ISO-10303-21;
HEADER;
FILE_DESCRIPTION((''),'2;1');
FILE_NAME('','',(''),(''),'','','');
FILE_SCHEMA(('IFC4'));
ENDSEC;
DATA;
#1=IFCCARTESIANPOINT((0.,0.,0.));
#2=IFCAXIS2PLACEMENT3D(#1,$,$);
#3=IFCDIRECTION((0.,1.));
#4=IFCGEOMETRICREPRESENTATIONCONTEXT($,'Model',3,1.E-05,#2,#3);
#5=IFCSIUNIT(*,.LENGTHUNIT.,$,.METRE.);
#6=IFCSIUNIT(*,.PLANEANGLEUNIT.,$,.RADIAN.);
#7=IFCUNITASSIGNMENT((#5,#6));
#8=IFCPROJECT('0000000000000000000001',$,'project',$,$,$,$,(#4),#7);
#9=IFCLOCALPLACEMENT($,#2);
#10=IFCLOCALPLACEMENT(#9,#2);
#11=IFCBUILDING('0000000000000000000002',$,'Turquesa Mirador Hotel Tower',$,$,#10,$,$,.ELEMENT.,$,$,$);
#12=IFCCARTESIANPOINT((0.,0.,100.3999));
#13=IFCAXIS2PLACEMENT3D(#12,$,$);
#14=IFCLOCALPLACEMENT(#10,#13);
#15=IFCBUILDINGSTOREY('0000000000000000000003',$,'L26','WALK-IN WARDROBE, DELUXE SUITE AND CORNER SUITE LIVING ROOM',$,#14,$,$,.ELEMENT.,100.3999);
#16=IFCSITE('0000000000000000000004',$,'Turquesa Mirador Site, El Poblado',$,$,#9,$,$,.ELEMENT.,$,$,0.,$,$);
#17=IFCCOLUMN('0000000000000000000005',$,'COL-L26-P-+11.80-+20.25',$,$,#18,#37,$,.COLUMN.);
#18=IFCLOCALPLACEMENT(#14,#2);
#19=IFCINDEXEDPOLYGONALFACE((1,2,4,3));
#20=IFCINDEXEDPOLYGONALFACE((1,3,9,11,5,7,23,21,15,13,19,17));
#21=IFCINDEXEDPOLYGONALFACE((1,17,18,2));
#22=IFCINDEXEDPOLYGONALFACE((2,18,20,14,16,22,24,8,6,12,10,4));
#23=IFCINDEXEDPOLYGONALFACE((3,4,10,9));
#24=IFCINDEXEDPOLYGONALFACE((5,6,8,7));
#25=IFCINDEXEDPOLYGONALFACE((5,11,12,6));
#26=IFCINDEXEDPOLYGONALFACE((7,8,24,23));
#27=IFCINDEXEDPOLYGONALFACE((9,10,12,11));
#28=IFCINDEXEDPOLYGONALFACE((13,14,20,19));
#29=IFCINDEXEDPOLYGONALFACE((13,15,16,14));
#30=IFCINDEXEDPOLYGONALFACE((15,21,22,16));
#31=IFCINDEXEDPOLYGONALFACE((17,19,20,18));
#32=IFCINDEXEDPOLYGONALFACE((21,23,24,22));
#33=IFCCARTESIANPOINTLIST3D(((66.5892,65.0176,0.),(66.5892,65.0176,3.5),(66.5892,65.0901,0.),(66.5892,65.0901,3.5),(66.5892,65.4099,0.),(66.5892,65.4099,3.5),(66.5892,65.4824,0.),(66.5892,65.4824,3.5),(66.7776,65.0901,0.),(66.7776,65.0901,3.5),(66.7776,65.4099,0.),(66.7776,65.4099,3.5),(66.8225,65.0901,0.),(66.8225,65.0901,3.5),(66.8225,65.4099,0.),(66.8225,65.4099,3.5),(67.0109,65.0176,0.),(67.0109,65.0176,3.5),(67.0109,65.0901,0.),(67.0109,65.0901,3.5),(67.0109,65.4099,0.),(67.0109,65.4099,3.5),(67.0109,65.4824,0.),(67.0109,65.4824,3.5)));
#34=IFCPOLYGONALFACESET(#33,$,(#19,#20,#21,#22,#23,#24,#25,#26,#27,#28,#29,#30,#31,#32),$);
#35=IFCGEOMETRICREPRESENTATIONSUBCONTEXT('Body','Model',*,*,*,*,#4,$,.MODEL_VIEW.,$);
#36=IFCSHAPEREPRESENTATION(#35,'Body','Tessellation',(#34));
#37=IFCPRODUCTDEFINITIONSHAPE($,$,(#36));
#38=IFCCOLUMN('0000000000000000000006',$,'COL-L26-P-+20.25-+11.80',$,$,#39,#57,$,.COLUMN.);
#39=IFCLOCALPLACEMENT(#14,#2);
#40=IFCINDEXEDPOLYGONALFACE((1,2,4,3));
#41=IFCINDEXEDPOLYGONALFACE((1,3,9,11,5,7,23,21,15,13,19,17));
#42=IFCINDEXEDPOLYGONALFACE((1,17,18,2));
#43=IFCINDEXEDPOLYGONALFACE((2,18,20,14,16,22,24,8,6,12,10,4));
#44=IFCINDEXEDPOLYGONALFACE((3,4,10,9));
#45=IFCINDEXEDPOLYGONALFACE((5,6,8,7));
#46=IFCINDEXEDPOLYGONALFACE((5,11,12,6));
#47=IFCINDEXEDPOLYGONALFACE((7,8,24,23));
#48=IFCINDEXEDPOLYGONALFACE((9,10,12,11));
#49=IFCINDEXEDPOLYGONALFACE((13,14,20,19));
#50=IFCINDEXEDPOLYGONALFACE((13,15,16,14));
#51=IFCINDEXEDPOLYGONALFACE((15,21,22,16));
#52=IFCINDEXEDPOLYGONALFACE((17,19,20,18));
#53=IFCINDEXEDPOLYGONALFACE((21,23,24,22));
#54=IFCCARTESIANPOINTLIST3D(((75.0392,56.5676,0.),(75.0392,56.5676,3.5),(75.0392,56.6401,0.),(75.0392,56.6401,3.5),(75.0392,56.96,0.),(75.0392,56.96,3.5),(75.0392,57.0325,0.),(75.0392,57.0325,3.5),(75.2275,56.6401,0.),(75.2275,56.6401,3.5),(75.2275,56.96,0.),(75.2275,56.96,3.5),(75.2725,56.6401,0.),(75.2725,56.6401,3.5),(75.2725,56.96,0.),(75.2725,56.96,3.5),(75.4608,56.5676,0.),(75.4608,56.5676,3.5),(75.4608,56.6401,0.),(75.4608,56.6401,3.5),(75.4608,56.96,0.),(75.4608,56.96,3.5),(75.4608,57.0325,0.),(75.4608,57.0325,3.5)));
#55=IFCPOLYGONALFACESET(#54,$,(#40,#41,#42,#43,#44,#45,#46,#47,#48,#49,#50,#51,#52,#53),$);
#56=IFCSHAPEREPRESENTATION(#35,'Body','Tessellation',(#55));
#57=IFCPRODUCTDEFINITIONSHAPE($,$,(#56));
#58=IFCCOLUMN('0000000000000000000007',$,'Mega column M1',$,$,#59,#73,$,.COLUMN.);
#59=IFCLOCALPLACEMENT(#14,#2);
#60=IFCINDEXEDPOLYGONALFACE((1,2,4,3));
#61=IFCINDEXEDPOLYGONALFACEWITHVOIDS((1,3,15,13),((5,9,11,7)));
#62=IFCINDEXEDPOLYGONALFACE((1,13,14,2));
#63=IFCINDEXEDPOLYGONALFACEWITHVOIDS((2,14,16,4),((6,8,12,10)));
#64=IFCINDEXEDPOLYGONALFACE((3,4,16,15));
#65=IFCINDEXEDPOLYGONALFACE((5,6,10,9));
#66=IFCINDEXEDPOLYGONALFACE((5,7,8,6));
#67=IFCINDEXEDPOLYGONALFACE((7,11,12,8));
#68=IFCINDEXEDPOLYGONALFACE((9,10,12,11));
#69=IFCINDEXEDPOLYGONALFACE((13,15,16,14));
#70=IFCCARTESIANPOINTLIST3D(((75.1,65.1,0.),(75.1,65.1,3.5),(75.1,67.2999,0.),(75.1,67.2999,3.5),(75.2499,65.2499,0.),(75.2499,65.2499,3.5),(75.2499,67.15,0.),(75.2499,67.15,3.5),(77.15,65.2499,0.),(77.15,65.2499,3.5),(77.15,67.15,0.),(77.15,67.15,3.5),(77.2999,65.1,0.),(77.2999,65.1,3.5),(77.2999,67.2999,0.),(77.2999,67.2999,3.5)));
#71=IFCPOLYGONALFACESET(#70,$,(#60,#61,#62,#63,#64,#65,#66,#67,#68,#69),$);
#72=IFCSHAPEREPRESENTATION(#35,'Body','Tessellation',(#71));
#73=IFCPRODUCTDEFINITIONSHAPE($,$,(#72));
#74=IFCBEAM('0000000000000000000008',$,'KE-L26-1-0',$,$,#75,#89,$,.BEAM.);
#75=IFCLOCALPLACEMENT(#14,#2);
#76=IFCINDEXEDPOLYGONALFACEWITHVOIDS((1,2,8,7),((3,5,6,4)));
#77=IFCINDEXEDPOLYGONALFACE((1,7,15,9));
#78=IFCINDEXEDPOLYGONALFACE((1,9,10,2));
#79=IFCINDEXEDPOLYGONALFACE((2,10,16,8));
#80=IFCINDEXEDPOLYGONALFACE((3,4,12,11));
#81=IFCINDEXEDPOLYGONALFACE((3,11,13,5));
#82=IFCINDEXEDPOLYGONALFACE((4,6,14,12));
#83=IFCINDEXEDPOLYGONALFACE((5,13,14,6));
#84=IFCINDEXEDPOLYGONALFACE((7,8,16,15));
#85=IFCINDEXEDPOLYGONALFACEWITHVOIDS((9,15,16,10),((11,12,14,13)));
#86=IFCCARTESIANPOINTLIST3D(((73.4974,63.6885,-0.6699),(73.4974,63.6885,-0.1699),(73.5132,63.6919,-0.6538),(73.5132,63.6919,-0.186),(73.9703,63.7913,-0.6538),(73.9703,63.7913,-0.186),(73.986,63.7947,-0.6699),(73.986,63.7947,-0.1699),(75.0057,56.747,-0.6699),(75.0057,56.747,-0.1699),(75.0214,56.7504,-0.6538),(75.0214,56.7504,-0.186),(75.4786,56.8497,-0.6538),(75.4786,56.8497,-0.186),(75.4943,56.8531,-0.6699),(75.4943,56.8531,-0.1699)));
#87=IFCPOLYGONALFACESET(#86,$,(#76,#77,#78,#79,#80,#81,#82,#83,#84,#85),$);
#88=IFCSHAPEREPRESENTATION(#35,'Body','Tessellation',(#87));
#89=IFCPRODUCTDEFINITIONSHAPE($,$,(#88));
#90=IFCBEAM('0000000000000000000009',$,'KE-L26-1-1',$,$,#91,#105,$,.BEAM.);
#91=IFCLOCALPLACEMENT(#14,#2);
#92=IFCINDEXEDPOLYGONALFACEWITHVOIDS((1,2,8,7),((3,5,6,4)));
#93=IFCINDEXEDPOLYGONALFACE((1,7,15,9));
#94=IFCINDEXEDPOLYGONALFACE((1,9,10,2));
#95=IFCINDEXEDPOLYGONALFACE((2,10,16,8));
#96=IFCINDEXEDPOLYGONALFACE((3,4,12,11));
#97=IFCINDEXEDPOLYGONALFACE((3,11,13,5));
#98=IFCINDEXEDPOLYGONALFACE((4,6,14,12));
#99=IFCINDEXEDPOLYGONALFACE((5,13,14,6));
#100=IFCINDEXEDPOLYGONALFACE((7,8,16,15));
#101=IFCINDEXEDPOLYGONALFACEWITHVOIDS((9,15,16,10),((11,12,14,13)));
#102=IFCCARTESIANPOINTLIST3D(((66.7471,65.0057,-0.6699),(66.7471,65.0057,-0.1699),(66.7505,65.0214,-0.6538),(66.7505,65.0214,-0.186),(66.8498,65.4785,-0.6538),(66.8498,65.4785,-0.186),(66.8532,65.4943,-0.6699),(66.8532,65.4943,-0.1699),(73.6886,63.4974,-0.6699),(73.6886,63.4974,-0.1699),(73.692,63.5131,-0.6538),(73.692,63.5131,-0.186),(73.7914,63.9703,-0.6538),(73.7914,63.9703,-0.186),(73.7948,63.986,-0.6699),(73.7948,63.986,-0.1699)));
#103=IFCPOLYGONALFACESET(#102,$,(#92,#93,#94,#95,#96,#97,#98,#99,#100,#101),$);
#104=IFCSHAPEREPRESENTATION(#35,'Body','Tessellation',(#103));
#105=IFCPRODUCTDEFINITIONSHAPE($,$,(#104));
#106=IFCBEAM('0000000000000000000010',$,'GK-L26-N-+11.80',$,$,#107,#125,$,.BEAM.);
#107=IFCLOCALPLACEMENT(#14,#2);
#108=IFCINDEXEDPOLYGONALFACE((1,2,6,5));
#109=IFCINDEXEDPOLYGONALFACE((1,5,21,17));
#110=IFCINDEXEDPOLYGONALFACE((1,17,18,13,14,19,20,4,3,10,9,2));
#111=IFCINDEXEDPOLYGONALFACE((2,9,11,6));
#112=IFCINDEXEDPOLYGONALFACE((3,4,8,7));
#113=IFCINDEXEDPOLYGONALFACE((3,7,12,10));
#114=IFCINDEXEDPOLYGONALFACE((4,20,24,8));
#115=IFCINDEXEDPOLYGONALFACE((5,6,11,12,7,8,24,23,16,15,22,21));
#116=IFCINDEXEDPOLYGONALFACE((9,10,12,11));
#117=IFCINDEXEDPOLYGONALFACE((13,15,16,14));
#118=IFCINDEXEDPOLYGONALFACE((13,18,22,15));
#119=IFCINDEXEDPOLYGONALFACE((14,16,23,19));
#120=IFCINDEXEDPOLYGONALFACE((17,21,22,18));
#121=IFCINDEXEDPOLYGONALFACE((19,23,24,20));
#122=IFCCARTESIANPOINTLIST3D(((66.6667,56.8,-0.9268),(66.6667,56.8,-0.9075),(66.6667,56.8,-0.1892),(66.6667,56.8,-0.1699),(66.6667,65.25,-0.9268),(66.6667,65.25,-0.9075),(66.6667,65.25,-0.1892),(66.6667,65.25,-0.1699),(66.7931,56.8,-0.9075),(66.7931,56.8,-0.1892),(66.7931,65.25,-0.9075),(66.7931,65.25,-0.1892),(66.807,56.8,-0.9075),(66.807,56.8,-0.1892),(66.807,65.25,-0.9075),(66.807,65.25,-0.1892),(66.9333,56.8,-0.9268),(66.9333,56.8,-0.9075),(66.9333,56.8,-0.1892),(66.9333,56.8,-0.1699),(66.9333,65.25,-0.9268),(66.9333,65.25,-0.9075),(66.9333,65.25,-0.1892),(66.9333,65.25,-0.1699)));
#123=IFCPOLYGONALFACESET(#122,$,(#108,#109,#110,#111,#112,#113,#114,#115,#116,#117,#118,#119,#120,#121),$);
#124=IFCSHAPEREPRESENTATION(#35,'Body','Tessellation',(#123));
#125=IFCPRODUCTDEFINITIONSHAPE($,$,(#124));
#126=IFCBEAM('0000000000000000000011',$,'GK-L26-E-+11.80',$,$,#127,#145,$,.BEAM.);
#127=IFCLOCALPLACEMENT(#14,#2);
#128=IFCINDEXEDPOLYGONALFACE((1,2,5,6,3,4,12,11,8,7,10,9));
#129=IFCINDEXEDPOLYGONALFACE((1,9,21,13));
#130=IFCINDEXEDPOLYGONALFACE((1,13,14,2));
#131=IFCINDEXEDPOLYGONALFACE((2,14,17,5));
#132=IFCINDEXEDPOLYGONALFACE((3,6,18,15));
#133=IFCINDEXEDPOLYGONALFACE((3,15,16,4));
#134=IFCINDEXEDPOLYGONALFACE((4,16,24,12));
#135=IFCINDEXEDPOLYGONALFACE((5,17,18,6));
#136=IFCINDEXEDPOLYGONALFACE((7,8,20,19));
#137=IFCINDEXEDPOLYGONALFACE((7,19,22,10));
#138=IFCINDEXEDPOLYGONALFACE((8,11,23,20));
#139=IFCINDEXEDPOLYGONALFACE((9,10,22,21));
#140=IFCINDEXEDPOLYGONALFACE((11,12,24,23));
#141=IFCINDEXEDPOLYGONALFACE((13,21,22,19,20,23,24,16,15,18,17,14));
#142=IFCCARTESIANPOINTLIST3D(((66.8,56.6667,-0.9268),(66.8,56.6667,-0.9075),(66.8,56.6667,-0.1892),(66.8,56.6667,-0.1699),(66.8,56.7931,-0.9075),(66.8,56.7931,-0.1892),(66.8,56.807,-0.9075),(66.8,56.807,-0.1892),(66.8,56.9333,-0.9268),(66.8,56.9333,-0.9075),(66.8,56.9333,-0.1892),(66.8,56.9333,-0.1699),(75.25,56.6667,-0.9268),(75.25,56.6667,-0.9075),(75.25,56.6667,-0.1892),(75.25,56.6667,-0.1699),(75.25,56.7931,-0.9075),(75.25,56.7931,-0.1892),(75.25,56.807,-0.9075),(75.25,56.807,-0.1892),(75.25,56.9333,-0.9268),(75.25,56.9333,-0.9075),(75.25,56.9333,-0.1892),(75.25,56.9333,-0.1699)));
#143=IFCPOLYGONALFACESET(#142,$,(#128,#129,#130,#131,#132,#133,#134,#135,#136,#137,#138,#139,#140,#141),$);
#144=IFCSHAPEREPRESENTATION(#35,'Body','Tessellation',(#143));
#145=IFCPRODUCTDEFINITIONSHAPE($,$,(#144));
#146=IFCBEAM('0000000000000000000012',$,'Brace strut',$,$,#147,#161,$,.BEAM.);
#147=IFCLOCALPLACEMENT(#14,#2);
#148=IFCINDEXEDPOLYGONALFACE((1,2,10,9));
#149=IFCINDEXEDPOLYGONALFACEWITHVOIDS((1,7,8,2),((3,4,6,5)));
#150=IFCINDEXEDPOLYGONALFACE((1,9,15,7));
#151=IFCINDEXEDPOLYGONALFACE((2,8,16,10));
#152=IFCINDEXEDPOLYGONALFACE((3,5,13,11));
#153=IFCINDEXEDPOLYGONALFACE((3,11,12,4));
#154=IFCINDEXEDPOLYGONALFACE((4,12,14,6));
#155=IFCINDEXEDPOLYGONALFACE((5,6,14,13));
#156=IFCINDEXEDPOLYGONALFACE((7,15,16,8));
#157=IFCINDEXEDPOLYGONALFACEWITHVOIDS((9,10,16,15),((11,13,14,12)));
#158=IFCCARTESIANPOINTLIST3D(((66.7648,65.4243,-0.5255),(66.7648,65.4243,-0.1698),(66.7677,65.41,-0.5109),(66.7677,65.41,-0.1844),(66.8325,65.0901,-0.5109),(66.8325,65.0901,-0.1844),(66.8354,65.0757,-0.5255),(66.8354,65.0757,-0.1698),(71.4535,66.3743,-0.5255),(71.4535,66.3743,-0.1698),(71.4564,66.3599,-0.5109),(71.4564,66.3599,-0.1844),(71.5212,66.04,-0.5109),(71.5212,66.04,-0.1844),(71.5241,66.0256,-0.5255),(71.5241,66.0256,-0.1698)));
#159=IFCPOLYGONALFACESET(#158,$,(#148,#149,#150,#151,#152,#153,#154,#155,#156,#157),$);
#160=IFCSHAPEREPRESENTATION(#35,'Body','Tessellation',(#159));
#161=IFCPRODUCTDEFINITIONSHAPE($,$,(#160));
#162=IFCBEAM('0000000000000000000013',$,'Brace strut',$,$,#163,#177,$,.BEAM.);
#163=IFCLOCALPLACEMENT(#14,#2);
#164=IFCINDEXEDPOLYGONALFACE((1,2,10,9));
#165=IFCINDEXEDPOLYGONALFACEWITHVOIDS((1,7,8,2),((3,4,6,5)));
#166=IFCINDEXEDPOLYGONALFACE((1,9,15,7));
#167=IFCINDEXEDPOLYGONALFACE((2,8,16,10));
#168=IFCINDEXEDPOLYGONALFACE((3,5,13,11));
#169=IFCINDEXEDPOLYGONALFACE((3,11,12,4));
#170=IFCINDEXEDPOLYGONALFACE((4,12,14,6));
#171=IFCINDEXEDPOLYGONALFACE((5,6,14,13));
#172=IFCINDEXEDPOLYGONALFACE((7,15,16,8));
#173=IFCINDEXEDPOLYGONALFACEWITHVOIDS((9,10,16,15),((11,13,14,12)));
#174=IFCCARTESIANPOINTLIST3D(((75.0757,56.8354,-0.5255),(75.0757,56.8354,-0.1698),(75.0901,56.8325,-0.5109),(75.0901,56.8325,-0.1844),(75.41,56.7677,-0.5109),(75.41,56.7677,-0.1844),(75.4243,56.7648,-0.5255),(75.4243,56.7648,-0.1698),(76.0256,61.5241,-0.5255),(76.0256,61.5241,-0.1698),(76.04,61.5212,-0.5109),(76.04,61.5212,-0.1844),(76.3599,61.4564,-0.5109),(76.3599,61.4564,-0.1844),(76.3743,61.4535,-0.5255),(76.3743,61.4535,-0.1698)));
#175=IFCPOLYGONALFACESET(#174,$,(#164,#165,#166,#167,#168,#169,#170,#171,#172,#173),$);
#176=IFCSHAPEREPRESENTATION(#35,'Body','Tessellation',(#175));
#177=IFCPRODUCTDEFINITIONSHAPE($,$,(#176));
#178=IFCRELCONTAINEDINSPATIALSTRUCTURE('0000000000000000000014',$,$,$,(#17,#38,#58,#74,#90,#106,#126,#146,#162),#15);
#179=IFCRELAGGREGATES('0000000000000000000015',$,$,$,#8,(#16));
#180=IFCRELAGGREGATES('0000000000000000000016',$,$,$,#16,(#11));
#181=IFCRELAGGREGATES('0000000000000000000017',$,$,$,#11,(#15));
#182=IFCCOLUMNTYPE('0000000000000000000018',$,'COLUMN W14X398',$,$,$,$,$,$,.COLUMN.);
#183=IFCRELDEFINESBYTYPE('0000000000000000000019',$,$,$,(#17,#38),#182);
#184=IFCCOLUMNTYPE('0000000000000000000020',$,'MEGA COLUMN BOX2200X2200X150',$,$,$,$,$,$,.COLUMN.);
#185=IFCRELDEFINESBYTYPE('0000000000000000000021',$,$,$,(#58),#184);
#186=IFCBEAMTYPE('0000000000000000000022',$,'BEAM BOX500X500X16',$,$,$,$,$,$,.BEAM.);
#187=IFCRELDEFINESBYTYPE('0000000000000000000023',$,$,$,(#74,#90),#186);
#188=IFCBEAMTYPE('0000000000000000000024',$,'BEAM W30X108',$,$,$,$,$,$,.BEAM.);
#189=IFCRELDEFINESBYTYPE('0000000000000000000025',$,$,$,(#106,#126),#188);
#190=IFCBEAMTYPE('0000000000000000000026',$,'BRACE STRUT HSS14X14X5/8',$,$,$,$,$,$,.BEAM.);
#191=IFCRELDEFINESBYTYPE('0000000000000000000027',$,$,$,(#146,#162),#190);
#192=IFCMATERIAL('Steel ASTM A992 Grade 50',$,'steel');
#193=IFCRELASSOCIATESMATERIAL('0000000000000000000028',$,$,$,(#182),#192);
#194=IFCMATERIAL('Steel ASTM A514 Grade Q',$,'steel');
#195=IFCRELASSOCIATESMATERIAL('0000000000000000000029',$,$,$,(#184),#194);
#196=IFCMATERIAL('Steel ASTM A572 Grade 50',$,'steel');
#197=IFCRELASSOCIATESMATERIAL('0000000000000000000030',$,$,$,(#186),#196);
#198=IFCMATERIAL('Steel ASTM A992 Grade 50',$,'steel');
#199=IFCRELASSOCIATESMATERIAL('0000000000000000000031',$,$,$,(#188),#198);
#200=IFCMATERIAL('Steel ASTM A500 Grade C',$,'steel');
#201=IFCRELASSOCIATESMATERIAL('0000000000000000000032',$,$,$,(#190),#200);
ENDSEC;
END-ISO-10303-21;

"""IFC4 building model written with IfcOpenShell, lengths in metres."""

from ifc_helpers import new_model, si_unit, direction, frame, origin, origin_2d, place, context, subcontext, project, spatial, hollow_rectangle, i_section, extrude, material, material_profile, profile_set, type_object, element, save


model = new_model("IFC4")

# Units and contexts
model_context = context("Model", 3, precision=1e-05, world=origin(), true_north=direction((0.0, 1.0)))
body_context = subcontext(model_context, "Body", "Model", "MODEL_VIEW")
ifc_project = project(units=[si_unit("LENGTHUNIT", "METRE"), si_unit("PLANEANGLEUNIT", "RADIAN")], contexts=[model_context])

# Site, building, storey
site_placement = place(None, origin())
site = spatial("IfcSite", under=ifc_project, at=site_placement, Name="Turquesa Mirador Site, El Poblado", CompositionType="ELEMENT", RefElevation=0.0)
building_placement = place(site_placement, origin())
building = spatial("IfcBuilding", under=site, at=building_placement, Name="Turquesa Mirador Hotel Tower", CompositionType="ELEMENT")
storey_placement = place(building_placement, frame((0.0, 0.0, 100.3999)))
storey = spatial("IfcBuildingStorey", under=building, at=storey_placement, Name="L26", Description="WALK-IN WARDROBE, DELUXE SUITE AND CORNER SUITE LIVING ROOM", CompositionType="ELEMENT", Elevation=100.3999)

# Columns
ifc_material_1 = material(Name="Steel ASTM A992 Grade 50", Category="steel")
ifc_material_profile_1 = material_profile(ifc_material_1, i_section(OverallWidth=0.4216, OverallDepth=0.4648, WebThickness=0.0449, FlangeThickness=0.0725, at=origin_2d()), Name="W14X398")
ifc_profile_set_1 = profile_set([ifc_material_profile_1], Name="Steel ASTM A992 Grade 50")
column_type_1 = type_object("IfcColumnType", Name="COLUMN W14X398", PredefinedType="COLUMN", material=ifc_profile_set_1)
for number, where, z_axis, x_axis, name in (
    (1, (66.8, 65.25, 0.0), (0.0, 0.0, 1.0), (1.0, 0.0, 0.0), "COL-L26-P-+11.80-+20.25"),
    (2, (75.25, 56.8, 0.0), (0.0, 0.0, 1.0), (1.0, 0.0, 0.0), "COL-L26-P-+20.25-+11.80"),
):
    element("IfcColumn", number, at=place(storey_placement, frame(where, z_axis=z_axis, x_axis=x_axis)), inside=storey, type_object=column_type_1, Name=name, PredefinedType="COLUMN", context=body_context, shape_type="SweptSolid", body=[
        extrude(i_section(OverallWidth=0.4216, OverallDepth=0.4648, WebThickness=0.0449, FlangeThickness=0.0725, at=origin_2d()), origin(), (0.0, 0.0, 1.0), 3.5),
    ])
ifc_material_2 = material(Name="Steel ASTM A514 Grade Q", Category="steel")
ifc_material_profile_2 = material_profile(ifc_material_2, hollow_rectangle(XDim=2.2, YDim=2.2, WallThickness=0.1499, at=origin_2d()), Name="BOX2200X2200X150")
ifc_profile_set_2 = profile_set([ifc_material_profile_2], Name="Steel ASTM A514 Grade Q")
column_type_2 = type_object("IfcColumnType", Name="MEGA COLUMN BOX2200X2200X150", PredefinedType="COLUMN", material=ifc_profile_set_2)
column_placement = place(storey_placement, frame((76.2, 66.2, 0.0), z_axis=(0.0, 0.0, 1.0), x_axis=(1.0, 0.0, 0.0)))
element("IfcColumn", 3, at=column_placement, inside=storey, type_object=column_type_2, Name="Mega column M1", PredefinedType="COLUMN", context=body_context, shape_type="SweptSolid", body=[
    extrude(hollow_rectangle(XDim=2.2, YDim=2.2, WallThickness=0.1499, at=origin_2d()), origin(), (0.0, 0.0, 1.0), 3.5),
])

# Beams
ifc_material_3 = material(Name="Steel ASTM A572 Grade 50", Category="steel")
ifc_material_profile_3 = material_profile(ifc_material_3, hollow_rectangle(XDim=0.5, YDim=0.5, WallThickness=0.0161, at=origin_2d()), Name="BOX500X500X16")
ifc_profile_set_3 = profile_set([ifc_material_profile_3], Name="Steel ASTM A572 Grade 50")
beam_type_1 = type_object("IfcBeamType", Name="BEAM BOX500X500X16", PredefinedType="BEAM", material=ifc_profile_set_3)
for number, where, z_axis, x_axis, name in (
    (4, (75.25, 56.8, -0.4199), (-0.212328, 0.977198, 0.0), (-0.977198, -0.212328, 0.0), "KE-L26-1-0"),
    (5, (73.7417, 63.7417, -0.4199), (-0.977198, 0.212328, 0.0), (-0.212328, -0.977198, 0.0), "KE-L26-1-1"),
):
    element("IfcBeam", number, at=place(storey_placement, frame(where, z_axis=z_axis, x_axis=x_axis)), inside=storey, type_object=beam_type_1, Name=name, PredefinedType="BEAM", context=body_context, shape_type="SweptSolid", body=[
        extrude(hollow_rectangle(XDim=0.5, YDim=0.5, WallThickness=0.0161, at=origin_2d()), origin(), (0.0, 0.0, 1.0), 7.1035),
    ])
ifc_material_4 = material(Name="Steel ASTM A992 Grade 50", Category="steel")
ifc_material_profile_4 = material_profile(ifc_material_4, i_section(OverallWidth=0.2666, OverallDepth=0.7568, WebThickness=0.0139, FlangeThickness=0.0193, at=origin_2d()), Name="W30X108")
ifc_profile_set_4 = profile_set([ifc_material_profile_4], Name="Steel ASTM A992 Grade 50")
beam_type_2 = type_object("IfcBeamType", Name="BEAM W30X108", PredefinedType="BEAM", material=ifc_profile_set_4)
for number, where, z_axis, x_axis, name in (
    (6, (66.8, 65.25, -0.5483), (0.0, -1.0, 0.0), (1.0, 0.0, 0.0), "GK-L26-N-+11.80"),
    (7, (75.25, 56.8, -0.5483), (-1.0, 0.0, 0.0), (0.0, -1.0, 0.0), "GK-L26-E-+11.80"),
):
    element("IfcBeam", number, at=place(storey_placement, frame(where, z_axis=z_axis, x_axis=x_axis)), inside=storey, type_object=beam_type_2, Name=name, PredefinedType="BEAM", context=body_context, shape_type="SweptSolid", body=[
        extrude(i_section(OverallWidth=0.2666, OverallDepth=0.7568, WebThickness=0.0139, FlangeThickness=0.0193, at=origin_2d()), origin(), (0.0, 0.0, 1.0), 8.45),
    ])
ifc_material_5 = material(Name="Steel ASTM A500 Grade C", Category="steel")
ifc_material_profile_5 = material_profile(ifc_material_5, hollow_rectangle(XDim=0.3557, YDim=0.3557, WallThickness=0.0146, at=origin_2d()), Name="HSS14X14X5/8")
ifc_profile_set_5 = profile_set([ifc_material_profile_5], Name="Steel ASTM A500 Grade C")
beam_type_3 = type_object("IfcBeamType", Name="BRACE STRUT HSS14X14X5/8", PredefinedType="BEAM", material=ifc_profile_set_5)
for number, where, z_axis, x_axis, name in (
    (8, (71.4888, 66.2, -0.3477), (-0.980087, -0.198569, 0.0), (0.198569, -0.980087, 0.0), "Brace strut"),
    (9, (76.2, 61.4888, -0.3477), (-0.198569, -0.980087, 0.0), (0.980087, -0.198569, 0.0), "Brace strut"),
):
    element("IfcBeam", number, at=place(storey_placement, frame(where, z_axis=z_axis, x_axis=x_axis)), inside=storey, type_object=beam_type_3, Name=name, PredefinedType="BEAM", context=body_context, shape_type="SweptSolid", body=[
        extrude(hollow_rectangle(XDim=0.3557, YDim=0.3557, WallThickness=0.0146, at=origin_2d()), origin(), (0.0, 0.0, 1.0), 4.7839),
    ])

save(model, "model.ifc")
